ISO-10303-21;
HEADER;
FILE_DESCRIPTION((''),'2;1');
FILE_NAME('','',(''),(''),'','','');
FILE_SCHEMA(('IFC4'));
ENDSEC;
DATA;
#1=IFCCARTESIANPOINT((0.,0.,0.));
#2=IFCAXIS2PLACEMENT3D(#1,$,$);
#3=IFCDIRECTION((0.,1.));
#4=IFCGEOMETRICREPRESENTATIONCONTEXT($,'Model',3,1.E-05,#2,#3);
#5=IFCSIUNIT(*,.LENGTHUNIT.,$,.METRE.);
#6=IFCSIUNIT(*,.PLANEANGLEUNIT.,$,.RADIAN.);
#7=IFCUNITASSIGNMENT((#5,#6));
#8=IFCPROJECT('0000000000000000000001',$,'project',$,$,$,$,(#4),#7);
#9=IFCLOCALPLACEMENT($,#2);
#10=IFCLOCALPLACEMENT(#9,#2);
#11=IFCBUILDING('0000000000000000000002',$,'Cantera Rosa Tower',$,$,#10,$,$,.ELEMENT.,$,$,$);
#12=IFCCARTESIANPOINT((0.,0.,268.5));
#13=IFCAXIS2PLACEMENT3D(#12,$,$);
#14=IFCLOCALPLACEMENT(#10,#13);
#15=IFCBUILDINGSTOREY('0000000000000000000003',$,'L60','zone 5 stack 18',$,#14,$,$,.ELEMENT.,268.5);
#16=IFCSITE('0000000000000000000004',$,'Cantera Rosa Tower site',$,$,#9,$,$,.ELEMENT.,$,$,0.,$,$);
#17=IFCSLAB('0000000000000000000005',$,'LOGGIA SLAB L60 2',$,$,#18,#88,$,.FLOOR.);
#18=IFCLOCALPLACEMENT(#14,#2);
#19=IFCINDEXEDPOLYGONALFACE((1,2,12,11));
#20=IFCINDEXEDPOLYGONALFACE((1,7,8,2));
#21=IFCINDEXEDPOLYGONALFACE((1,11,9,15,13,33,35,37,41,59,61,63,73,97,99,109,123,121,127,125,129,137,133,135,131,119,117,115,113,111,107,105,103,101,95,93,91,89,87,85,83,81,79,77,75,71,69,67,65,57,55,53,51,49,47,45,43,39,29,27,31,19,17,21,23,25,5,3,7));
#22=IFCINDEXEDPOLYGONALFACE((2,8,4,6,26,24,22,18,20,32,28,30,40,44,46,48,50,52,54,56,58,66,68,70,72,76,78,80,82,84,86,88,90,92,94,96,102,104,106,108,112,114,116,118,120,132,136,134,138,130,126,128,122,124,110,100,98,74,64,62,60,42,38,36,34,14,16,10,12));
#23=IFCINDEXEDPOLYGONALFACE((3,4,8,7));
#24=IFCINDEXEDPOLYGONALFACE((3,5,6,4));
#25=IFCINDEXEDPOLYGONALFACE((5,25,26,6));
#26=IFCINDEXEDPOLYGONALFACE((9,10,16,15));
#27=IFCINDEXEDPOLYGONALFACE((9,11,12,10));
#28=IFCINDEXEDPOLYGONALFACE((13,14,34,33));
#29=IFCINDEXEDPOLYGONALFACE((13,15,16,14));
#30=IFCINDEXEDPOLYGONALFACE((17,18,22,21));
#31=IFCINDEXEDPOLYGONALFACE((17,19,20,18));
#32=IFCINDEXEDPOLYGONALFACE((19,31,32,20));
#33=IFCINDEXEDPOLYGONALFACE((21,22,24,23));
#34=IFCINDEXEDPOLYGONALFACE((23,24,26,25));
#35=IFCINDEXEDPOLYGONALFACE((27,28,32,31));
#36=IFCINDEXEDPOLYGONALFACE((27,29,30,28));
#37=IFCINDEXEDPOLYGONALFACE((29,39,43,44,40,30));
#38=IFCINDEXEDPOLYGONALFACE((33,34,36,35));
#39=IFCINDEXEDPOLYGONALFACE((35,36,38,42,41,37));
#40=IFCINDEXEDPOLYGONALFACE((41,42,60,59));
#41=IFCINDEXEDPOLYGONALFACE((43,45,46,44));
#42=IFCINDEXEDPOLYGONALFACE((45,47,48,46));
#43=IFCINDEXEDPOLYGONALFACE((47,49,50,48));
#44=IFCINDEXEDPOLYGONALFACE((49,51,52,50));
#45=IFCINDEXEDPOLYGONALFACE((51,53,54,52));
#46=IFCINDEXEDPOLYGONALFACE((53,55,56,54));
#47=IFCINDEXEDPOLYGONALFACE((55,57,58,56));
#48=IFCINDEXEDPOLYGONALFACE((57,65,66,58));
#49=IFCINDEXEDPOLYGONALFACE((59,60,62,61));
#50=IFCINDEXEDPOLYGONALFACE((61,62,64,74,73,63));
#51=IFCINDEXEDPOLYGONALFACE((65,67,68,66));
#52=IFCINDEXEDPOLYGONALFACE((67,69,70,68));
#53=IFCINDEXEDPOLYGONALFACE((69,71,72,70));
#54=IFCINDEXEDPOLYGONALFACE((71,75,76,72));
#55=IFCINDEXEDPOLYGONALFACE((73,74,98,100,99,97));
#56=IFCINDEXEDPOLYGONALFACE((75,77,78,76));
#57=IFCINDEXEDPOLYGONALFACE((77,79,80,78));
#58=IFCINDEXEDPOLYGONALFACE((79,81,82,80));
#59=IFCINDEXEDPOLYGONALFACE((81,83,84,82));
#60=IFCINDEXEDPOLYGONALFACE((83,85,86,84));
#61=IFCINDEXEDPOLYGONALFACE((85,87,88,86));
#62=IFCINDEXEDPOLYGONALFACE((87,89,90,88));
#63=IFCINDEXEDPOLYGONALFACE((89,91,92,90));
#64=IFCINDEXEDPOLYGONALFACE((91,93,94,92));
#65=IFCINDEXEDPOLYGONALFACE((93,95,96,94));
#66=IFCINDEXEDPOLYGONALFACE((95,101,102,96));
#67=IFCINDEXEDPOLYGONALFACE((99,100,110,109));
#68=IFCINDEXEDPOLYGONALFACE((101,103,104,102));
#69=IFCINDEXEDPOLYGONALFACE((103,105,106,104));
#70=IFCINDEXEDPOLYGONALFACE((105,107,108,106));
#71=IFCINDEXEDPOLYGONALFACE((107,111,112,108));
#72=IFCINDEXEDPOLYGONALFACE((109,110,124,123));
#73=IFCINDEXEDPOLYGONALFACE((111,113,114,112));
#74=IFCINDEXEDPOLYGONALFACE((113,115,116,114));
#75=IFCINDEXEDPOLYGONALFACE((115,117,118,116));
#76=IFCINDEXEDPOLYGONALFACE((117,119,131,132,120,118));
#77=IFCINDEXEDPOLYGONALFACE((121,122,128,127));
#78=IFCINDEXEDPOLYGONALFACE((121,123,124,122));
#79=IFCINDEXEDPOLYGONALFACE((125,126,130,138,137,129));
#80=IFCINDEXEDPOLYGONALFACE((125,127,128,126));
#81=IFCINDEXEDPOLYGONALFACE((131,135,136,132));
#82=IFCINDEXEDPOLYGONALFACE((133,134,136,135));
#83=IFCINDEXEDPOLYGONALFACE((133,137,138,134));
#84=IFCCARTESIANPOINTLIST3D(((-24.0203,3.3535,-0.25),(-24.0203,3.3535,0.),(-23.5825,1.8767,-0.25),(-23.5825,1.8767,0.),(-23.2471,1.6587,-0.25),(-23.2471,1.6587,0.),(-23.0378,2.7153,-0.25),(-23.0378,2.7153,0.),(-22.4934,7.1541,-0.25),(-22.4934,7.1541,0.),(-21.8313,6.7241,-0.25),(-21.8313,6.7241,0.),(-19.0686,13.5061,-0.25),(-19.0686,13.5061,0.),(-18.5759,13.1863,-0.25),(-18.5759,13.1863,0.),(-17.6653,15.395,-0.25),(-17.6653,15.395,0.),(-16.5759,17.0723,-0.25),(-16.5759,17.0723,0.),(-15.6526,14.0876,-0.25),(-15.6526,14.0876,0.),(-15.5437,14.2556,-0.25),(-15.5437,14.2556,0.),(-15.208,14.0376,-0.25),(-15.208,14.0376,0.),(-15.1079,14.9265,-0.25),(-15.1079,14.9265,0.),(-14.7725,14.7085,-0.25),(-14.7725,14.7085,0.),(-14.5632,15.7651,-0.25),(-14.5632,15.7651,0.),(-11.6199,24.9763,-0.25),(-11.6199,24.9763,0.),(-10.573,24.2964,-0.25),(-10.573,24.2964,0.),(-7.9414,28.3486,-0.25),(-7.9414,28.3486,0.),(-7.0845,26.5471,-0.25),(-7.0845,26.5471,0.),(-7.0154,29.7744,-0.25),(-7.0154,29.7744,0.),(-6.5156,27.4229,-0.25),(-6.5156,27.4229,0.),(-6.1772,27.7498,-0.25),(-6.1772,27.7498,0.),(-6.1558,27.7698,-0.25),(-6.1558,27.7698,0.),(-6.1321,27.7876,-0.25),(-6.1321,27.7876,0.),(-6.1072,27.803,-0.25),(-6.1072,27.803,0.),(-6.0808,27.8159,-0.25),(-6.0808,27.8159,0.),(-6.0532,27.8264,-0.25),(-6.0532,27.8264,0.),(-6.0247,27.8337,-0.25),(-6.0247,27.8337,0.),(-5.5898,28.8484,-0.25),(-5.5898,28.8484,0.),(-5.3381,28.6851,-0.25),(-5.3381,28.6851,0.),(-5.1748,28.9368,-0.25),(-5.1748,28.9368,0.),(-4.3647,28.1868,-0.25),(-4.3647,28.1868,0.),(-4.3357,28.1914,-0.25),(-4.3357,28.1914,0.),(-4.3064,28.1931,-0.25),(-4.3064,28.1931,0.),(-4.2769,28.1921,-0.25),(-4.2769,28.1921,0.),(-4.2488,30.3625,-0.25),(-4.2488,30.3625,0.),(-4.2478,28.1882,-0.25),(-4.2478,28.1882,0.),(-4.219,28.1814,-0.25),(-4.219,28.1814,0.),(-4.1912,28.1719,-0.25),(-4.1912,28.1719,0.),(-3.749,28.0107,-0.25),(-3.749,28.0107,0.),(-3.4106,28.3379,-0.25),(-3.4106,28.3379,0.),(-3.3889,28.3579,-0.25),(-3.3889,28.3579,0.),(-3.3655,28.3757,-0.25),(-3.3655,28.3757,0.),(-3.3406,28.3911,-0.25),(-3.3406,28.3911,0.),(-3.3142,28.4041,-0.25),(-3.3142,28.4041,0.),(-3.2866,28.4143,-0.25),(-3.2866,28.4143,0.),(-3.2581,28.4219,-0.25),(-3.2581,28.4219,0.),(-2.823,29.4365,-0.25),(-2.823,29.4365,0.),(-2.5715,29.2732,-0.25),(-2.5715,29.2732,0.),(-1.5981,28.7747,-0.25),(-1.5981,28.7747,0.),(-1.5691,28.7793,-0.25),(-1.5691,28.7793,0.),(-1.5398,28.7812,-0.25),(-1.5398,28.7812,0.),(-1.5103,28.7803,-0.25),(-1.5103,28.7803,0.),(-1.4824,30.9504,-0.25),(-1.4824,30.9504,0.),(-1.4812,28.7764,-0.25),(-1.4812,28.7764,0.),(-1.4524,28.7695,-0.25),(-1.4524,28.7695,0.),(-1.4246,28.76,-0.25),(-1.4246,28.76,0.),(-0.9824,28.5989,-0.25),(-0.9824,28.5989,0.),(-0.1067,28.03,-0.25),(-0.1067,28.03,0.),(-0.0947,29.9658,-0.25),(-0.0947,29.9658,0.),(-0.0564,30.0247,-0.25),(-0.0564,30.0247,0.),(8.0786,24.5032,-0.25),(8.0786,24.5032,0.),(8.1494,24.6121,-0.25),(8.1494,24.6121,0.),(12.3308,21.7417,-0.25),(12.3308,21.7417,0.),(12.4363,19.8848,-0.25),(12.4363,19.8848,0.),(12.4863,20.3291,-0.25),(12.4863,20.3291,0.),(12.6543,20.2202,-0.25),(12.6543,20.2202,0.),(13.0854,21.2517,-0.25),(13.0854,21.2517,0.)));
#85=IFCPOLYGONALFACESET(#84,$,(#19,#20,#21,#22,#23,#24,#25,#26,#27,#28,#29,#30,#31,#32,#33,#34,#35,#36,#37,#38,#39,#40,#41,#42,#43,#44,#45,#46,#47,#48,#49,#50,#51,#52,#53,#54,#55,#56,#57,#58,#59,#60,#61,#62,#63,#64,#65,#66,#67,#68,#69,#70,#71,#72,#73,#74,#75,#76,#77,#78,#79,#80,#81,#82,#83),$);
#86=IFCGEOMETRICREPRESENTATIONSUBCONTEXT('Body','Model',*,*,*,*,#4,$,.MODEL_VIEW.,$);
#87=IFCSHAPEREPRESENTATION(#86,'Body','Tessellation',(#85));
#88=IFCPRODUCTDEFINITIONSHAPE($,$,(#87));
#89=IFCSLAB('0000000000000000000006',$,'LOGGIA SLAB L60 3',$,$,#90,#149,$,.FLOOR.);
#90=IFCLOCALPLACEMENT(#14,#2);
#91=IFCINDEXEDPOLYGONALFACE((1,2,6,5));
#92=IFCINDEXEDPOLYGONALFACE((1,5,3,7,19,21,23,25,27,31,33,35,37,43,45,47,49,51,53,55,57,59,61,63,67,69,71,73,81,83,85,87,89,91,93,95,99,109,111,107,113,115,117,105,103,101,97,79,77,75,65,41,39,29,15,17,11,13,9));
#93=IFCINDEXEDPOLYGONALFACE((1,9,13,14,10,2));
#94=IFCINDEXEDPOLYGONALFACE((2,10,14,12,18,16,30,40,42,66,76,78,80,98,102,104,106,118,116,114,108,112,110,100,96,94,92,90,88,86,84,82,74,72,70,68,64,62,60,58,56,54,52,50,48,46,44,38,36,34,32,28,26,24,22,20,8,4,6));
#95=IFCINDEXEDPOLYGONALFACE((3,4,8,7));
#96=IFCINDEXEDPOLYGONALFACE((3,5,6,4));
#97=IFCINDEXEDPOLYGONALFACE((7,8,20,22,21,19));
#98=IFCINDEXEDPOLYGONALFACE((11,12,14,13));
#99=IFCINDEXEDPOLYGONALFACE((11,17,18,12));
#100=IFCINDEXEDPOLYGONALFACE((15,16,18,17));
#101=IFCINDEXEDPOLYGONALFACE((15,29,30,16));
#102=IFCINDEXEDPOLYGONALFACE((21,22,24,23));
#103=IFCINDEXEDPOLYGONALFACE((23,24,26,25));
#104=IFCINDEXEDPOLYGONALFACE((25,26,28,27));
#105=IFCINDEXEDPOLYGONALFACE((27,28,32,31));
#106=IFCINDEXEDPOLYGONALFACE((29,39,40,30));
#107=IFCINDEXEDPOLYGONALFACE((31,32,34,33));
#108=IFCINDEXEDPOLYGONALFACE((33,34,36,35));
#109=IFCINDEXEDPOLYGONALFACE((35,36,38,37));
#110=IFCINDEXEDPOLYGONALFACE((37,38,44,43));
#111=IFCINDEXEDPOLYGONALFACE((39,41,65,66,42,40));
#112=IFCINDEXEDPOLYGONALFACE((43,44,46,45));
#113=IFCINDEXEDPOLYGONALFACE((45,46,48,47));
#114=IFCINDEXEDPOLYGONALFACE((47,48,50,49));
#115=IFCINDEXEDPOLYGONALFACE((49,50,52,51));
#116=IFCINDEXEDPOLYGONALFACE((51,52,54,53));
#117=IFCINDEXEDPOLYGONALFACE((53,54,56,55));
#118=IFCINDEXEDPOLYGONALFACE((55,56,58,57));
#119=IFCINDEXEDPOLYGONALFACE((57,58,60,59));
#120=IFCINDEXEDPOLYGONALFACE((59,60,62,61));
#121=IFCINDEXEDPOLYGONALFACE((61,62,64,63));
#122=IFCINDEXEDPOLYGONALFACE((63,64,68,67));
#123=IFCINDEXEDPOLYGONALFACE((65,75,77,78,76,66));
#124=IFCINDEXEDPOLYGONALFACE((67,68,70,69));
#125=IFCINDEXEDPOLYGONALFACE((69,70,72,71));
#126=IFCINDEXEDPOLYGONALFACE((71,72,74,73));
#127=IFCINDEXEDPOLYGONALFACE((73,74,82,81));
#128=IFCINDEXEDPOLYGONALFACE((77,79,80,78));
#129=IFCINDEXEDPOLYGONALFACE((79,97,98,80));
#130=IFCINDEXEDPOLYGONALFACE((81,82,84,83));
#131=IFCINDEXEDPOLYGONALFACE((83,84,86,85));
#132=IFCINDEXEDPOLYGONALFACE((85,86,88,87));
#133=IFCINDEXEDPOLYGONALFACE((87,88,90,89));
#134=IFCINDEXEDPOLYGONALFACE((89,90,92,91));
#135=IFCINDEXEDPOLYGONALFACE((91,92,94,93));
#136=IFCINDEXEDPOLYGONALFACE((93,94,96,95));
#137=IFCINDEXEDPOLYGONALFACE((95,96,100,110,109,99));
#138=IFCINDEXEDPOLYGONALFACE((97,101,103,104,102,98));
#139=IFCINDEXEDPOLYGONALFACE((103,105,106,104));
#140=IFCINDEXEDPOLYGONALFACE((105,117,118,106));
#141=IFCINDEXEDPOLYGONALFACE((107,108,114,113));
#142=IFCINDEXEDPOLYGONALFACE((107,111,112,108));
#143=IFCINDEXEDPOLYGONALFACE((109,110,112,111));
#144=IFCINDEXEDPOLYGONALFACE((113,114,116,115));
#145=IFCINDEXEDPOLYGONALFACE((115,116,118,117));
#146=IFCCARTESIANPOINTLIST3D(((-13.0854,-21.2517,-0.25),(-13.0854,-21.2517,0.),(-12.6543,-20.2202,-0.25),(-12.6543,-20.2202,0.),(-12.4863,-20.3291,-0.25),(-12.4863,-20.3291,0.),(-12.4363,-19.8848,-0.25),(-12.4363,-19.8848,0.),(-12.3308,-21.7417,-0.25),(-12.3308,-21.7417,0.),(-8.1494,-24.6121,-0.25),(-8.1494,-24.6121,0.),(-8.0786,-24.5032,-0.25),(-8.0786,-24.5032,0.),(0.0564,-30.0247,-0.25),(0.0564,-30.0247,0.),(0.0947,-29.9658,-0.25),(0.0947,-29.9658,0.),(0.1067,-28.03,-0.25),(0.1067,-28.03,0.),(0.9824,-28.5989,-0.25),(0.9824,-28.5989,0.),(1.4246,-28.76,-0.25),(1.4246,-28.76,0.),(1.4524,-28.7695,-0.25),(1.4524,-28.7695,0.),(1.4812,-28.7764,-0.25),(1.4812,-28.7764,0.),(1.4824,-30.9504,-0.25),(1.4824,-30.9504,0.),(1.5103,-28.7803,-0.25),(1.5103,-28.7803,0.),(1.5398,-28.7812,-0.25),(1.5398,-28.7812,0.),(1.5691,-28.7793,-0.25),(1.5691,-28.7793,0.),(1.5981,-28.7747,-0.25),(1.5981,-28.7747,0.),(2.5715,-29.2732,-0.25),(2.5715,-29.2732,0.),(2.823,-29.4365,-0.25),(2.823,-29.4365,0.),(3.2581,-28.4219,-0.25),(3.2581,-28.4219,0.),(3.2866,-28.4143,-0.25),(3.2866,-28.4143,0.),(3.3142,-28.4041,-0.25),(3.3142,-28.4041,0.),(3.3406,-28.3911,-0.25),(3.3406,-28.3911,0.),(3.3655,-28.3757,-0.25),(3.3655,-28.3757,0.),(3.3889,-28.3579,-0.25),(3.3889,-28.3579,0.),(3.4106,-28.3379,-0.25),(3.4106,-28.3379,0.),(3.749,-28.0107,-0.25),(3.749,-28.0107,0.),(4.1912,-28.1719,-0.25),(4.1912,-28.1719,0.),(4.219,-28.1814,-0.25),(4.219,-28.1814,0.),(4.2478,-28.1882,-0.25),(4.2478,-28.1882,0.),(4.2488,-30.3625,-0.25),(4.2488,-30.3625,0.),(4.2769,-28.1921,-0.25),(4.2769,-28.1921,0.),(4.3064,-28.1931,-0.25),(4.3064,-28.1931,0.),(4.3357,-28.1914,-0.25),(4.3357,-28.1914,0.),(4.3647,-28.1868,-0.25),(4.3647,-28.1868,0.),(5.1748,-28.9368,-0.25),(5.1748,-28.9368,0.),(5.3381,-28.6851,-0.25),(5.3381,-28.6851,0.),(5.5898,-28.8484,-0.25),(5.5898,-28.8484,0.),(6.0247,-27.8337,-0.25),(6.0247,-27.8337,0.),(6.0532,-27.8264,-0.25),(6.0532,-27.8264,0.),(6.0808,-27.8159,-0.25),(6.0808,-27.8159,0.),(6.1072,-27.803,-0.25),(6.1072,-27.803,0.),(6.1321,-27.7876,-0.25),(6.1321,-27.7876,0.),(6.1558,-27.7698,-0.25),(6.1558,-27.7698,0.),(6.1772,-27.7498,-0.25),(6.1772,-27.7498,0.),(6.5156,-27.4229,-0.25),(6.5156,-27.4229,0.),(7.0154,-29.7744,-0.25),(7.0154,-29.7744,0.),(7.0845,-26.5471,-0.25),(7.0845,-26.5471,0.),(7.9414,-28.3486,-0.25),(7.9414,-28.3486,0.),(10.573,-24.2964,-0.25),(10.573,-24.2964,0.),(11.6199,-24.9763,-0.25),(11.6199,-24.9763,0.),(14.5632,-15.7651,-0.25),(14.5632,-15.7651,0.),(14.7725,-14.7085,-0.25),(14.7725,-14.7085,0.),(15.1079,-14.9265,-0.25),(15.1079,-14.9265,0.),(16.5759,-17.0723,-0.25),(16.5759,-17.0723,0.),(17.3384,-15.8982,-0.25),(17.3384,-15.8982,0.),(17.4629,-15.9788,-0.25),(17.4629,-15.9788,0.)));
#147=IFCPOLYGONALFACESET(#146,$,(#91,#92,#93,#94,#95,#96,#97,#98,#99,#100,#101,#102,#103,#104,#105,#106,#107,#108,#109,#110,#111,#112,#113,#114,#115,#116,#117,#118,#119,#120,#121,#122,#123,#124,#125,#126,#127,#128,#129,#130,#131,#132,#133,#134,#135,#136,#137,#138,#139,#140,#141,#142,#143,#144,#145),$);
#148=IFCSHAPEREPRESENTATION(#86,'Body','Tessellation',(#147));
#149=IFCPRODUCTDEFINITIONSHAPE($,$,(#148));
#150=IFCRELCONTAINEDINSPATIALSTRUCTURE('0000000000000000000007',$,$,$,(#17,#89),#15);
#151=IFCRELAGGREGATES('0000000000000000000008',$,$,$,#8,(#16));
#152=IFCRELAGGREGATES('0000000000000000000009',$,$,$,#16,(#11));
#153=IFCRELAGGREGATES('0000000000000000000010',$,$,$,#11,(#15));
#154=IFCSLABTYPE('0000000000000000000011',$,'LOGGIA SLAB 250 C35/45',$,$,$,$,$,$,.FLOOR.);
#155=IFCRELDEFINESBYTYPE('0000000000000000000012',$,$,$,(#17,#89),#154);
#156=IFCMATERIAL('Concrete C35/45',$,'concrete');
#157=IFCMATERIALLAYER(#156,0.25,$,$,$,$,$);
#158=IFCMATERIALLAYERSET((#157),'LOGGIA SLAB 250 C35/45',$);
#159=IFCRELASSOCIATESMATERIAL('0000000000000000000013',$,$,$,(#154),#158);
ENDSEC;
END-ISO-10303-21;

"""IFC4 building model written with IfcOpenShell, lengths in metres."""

from ifc_helpers import new_model, si_unit, direction, frame, origin, place, context, subcontext, project, spatial, polyline, outline, extrude, material, layer, layer_set, type_object, element, save


model = new_model("IFC4")

# Units and contexts
model_context = context("Model", 3, precision=1e-05, world=origin(), true_north=direction((0.0, 1.0)))
body_context = subcontext(model_context, "Body", "Model", "MODEL_VIEW")
ifc_project = project(units=[si_unit("LENGTHUNIT", "METRE"), si_unit("PLANEANGLEUNIT", "RADIAN")], contexts=[model_context])

# Site, building, storey
site_placement = place(None, origin())
site = spatial("IfcSite", under=ifc_project, at=site_placement, Name="Cantera Rosa Tower site", CompositionType="ELEMENT", RefElevation=0.0)
building_placement = place(site_placement, origin())
building = spatial("IfcBuilding", under=site, at=building_placement, Name="Cantera Rosa Tower", CompositionType="ELEMENT")
storey_placement = place(building_placement, frame((0.0, 0.0, 268.5)))
storey = spatial("IfcBuildingStorey", under=building, at=storey_placement, Name="L60", Description="zone 5 stack 18", CompositionType="ELEMENT", Elevation=268.5)

# Slabs
ifc_material_1 = material(Name="Concrete C35/45", Category="concrete")
ifc_layer_1 = layer(ifc_material_1, 0.25)
ifc_layer_set_1 = layer_set([ifc_layer_1], Name="LOGGIA SLAB 250 C35/45")
slab_type_1 = type_object("IfcSlabType", Name="LOGGIA SLAB 250 C35/45", PredefinedType="FLOOR", material=ifc_layer_set_1)
slab_1_placement = place(storey_placement, frame((0.0, 0.0, -0.25)))
element("IfcSlab", 1, at=slab_1_placement, inside=storey, type_object=slab_type_1, Name="LOGGIA SLAB L60 2", PredefinedType="FLOOR", context=body_context, shape_type="SweptSolid", body=[
    extrude(outline(polyline([(-18.5759, 13.1863), (-19.0686, 13.5061), (-11.6199, 24.9763), (-10.573, 24.2964), (-7.9414, 28.3486), (-7.0154, 29.7744), (-5.5898, 28.8484), (-5.3381, 28.6851), (-5.1748, 28.9368), (-4.2488, 30.3625), (-2.823, 29.4365), (-2.5715, 29.2732), (-1.4824, 30.9504), (-0.0564, 30.0247), (-0.0947, 29.9658), (8.1494, 24.6121), (8.0786, 24.5032), (12.3308, 21.7417), (13.0854, 21.2517), (12.4863, 20.3291), (12.6543, 20.2202), (12.4363, 19.8848), (-0.1067, 28.03), (-0.9824, 28.5989), (-1.4246, 28.76), (-1.4524, 28.7695), (-1.4812, 28.7764), (-1.5103, 28.7803), (-1.5398, 28.7812), (-1.5691, 28.7793), (-1.5981, 28.7747), (-3.2581, 28.4219), (-3.2866, 28.4143), (-3.3142, 28.4041), (-3.3406, 28.3911), (-3.3655, 28.3757), (-3.3889, 28.3579), (-3.4106, 28.3379), (-3.749, 28.0107), (-4.1912, 28.1719), (-4.219, 28.1814), (-4.2478, 28.1882), (-4.2769, 28.1921), (-4.3064, 28.1931), (-4.3357, 28.1914), (-4.3647, 28.1868), (-6.0247, 27.8337), (-6.0532, 27.8264), (-6.0808, 27.8159), (-6.1072, 27.803), (-6.1321, 27.7876), (-6.1558, 27.7698), (-6.1772, 27.7498), (-6.5156, 27.4229), (-7.0845, 26.5471), (-14.7725, 14.7085), (-15.1079, 14.9265), (-14.5632, 15.7651), (-16.5759, 17.0723), (-17.6653, 15.395), (-15.6526, 14.0876), (-15.5437, 14.2556), (-15.208, 14.0376), (-23.2471, 1.6587), (-23.5825, 1.8767), (-23.0378, 2.7153), (-24.0203, 3.3535), (-21.8313, 6.7241), (-22.4934, 7.1541), (-18.5759, 13.1863)])), origin(), (0.0, 0.0, 1.0), 0.25),
])
slab_2_placement = place(storey_placement, frame((0.0, 0.0, -0.25)))
element("IfcSlab", 2, at=slab_2_placement, inside=storey, type_object=slab_type_1, Name="LOGGIA SLAB L60 3", PredefinedType="FLOOR", context=body_context, shape_type="SweptSolid", body=[
    extrude(outline(polyline([(7.9414, -28.3486), (7.0154, -29.7744), (5.5898, -28.8484), (5.3381, -28.6851), (5.1748, -28.9368), (4.2488, -30.3625), (2.823, -29.4365), (2.5715, -29.2732), (1.4824, -30.9504), (0.0564, -30.0247), (0.0947, -29.9658), (-8.1494, -24.6121), (-8.0786, -24.5032), (-12.3308, -21.7417), (-13.0854, -21.2517), (-12.4863, -20.3291), (-12.6543, -20.2202), (-12.4363, -19.8848), (0.1067, -28.03), (0.9824, -28.5989), (1.4246, -28.76), (1.4524, -28.7695), (1.4812, -28.7764), (1.5103, -28.7803), (1.5398, -28.7812), (1.5691, -28.7793), (1.5981, -28.7747), (3.2581, -28.4219), (3.2866, -28.4143), (3.3142, -28.4041), (3.3406, -28.3911), (3.3655, -28.3757), (3.3889, -28.3579), (3.4106, -28.3379), (3.749, -28.0107), (4.1912, -28.1719), (4.219, -28.1814), (4.2478, -28.1882), (4.2769, -28.1921), (4.3064, -28.1931), (4.3357, -28.1914), (4.3647, -28.1868), (6.0247, -27.8337), (6.0532, -27.8264), (6.0808, -27.8159), (6.1072, -27.803), (6.1321, -27.7876), (6.1558, -27.7698), (6.1772, -27.7498), (6.5156, -27.4229), (7.0845, -26.5471), (14.7725, -14.7085), (15.1079, -14.9265), (14.5632, -15.7651), (16.5759, -17.0723), (17.3384, -15.8982), (17.4629, -15.9788), (11.6199, -24.9763), (10.573, -24.2964), (7.9414, -28.3486)])), origin(), (0.0, 0.0, 1.0), 0.25),
])

save(model, "model.ifc")
